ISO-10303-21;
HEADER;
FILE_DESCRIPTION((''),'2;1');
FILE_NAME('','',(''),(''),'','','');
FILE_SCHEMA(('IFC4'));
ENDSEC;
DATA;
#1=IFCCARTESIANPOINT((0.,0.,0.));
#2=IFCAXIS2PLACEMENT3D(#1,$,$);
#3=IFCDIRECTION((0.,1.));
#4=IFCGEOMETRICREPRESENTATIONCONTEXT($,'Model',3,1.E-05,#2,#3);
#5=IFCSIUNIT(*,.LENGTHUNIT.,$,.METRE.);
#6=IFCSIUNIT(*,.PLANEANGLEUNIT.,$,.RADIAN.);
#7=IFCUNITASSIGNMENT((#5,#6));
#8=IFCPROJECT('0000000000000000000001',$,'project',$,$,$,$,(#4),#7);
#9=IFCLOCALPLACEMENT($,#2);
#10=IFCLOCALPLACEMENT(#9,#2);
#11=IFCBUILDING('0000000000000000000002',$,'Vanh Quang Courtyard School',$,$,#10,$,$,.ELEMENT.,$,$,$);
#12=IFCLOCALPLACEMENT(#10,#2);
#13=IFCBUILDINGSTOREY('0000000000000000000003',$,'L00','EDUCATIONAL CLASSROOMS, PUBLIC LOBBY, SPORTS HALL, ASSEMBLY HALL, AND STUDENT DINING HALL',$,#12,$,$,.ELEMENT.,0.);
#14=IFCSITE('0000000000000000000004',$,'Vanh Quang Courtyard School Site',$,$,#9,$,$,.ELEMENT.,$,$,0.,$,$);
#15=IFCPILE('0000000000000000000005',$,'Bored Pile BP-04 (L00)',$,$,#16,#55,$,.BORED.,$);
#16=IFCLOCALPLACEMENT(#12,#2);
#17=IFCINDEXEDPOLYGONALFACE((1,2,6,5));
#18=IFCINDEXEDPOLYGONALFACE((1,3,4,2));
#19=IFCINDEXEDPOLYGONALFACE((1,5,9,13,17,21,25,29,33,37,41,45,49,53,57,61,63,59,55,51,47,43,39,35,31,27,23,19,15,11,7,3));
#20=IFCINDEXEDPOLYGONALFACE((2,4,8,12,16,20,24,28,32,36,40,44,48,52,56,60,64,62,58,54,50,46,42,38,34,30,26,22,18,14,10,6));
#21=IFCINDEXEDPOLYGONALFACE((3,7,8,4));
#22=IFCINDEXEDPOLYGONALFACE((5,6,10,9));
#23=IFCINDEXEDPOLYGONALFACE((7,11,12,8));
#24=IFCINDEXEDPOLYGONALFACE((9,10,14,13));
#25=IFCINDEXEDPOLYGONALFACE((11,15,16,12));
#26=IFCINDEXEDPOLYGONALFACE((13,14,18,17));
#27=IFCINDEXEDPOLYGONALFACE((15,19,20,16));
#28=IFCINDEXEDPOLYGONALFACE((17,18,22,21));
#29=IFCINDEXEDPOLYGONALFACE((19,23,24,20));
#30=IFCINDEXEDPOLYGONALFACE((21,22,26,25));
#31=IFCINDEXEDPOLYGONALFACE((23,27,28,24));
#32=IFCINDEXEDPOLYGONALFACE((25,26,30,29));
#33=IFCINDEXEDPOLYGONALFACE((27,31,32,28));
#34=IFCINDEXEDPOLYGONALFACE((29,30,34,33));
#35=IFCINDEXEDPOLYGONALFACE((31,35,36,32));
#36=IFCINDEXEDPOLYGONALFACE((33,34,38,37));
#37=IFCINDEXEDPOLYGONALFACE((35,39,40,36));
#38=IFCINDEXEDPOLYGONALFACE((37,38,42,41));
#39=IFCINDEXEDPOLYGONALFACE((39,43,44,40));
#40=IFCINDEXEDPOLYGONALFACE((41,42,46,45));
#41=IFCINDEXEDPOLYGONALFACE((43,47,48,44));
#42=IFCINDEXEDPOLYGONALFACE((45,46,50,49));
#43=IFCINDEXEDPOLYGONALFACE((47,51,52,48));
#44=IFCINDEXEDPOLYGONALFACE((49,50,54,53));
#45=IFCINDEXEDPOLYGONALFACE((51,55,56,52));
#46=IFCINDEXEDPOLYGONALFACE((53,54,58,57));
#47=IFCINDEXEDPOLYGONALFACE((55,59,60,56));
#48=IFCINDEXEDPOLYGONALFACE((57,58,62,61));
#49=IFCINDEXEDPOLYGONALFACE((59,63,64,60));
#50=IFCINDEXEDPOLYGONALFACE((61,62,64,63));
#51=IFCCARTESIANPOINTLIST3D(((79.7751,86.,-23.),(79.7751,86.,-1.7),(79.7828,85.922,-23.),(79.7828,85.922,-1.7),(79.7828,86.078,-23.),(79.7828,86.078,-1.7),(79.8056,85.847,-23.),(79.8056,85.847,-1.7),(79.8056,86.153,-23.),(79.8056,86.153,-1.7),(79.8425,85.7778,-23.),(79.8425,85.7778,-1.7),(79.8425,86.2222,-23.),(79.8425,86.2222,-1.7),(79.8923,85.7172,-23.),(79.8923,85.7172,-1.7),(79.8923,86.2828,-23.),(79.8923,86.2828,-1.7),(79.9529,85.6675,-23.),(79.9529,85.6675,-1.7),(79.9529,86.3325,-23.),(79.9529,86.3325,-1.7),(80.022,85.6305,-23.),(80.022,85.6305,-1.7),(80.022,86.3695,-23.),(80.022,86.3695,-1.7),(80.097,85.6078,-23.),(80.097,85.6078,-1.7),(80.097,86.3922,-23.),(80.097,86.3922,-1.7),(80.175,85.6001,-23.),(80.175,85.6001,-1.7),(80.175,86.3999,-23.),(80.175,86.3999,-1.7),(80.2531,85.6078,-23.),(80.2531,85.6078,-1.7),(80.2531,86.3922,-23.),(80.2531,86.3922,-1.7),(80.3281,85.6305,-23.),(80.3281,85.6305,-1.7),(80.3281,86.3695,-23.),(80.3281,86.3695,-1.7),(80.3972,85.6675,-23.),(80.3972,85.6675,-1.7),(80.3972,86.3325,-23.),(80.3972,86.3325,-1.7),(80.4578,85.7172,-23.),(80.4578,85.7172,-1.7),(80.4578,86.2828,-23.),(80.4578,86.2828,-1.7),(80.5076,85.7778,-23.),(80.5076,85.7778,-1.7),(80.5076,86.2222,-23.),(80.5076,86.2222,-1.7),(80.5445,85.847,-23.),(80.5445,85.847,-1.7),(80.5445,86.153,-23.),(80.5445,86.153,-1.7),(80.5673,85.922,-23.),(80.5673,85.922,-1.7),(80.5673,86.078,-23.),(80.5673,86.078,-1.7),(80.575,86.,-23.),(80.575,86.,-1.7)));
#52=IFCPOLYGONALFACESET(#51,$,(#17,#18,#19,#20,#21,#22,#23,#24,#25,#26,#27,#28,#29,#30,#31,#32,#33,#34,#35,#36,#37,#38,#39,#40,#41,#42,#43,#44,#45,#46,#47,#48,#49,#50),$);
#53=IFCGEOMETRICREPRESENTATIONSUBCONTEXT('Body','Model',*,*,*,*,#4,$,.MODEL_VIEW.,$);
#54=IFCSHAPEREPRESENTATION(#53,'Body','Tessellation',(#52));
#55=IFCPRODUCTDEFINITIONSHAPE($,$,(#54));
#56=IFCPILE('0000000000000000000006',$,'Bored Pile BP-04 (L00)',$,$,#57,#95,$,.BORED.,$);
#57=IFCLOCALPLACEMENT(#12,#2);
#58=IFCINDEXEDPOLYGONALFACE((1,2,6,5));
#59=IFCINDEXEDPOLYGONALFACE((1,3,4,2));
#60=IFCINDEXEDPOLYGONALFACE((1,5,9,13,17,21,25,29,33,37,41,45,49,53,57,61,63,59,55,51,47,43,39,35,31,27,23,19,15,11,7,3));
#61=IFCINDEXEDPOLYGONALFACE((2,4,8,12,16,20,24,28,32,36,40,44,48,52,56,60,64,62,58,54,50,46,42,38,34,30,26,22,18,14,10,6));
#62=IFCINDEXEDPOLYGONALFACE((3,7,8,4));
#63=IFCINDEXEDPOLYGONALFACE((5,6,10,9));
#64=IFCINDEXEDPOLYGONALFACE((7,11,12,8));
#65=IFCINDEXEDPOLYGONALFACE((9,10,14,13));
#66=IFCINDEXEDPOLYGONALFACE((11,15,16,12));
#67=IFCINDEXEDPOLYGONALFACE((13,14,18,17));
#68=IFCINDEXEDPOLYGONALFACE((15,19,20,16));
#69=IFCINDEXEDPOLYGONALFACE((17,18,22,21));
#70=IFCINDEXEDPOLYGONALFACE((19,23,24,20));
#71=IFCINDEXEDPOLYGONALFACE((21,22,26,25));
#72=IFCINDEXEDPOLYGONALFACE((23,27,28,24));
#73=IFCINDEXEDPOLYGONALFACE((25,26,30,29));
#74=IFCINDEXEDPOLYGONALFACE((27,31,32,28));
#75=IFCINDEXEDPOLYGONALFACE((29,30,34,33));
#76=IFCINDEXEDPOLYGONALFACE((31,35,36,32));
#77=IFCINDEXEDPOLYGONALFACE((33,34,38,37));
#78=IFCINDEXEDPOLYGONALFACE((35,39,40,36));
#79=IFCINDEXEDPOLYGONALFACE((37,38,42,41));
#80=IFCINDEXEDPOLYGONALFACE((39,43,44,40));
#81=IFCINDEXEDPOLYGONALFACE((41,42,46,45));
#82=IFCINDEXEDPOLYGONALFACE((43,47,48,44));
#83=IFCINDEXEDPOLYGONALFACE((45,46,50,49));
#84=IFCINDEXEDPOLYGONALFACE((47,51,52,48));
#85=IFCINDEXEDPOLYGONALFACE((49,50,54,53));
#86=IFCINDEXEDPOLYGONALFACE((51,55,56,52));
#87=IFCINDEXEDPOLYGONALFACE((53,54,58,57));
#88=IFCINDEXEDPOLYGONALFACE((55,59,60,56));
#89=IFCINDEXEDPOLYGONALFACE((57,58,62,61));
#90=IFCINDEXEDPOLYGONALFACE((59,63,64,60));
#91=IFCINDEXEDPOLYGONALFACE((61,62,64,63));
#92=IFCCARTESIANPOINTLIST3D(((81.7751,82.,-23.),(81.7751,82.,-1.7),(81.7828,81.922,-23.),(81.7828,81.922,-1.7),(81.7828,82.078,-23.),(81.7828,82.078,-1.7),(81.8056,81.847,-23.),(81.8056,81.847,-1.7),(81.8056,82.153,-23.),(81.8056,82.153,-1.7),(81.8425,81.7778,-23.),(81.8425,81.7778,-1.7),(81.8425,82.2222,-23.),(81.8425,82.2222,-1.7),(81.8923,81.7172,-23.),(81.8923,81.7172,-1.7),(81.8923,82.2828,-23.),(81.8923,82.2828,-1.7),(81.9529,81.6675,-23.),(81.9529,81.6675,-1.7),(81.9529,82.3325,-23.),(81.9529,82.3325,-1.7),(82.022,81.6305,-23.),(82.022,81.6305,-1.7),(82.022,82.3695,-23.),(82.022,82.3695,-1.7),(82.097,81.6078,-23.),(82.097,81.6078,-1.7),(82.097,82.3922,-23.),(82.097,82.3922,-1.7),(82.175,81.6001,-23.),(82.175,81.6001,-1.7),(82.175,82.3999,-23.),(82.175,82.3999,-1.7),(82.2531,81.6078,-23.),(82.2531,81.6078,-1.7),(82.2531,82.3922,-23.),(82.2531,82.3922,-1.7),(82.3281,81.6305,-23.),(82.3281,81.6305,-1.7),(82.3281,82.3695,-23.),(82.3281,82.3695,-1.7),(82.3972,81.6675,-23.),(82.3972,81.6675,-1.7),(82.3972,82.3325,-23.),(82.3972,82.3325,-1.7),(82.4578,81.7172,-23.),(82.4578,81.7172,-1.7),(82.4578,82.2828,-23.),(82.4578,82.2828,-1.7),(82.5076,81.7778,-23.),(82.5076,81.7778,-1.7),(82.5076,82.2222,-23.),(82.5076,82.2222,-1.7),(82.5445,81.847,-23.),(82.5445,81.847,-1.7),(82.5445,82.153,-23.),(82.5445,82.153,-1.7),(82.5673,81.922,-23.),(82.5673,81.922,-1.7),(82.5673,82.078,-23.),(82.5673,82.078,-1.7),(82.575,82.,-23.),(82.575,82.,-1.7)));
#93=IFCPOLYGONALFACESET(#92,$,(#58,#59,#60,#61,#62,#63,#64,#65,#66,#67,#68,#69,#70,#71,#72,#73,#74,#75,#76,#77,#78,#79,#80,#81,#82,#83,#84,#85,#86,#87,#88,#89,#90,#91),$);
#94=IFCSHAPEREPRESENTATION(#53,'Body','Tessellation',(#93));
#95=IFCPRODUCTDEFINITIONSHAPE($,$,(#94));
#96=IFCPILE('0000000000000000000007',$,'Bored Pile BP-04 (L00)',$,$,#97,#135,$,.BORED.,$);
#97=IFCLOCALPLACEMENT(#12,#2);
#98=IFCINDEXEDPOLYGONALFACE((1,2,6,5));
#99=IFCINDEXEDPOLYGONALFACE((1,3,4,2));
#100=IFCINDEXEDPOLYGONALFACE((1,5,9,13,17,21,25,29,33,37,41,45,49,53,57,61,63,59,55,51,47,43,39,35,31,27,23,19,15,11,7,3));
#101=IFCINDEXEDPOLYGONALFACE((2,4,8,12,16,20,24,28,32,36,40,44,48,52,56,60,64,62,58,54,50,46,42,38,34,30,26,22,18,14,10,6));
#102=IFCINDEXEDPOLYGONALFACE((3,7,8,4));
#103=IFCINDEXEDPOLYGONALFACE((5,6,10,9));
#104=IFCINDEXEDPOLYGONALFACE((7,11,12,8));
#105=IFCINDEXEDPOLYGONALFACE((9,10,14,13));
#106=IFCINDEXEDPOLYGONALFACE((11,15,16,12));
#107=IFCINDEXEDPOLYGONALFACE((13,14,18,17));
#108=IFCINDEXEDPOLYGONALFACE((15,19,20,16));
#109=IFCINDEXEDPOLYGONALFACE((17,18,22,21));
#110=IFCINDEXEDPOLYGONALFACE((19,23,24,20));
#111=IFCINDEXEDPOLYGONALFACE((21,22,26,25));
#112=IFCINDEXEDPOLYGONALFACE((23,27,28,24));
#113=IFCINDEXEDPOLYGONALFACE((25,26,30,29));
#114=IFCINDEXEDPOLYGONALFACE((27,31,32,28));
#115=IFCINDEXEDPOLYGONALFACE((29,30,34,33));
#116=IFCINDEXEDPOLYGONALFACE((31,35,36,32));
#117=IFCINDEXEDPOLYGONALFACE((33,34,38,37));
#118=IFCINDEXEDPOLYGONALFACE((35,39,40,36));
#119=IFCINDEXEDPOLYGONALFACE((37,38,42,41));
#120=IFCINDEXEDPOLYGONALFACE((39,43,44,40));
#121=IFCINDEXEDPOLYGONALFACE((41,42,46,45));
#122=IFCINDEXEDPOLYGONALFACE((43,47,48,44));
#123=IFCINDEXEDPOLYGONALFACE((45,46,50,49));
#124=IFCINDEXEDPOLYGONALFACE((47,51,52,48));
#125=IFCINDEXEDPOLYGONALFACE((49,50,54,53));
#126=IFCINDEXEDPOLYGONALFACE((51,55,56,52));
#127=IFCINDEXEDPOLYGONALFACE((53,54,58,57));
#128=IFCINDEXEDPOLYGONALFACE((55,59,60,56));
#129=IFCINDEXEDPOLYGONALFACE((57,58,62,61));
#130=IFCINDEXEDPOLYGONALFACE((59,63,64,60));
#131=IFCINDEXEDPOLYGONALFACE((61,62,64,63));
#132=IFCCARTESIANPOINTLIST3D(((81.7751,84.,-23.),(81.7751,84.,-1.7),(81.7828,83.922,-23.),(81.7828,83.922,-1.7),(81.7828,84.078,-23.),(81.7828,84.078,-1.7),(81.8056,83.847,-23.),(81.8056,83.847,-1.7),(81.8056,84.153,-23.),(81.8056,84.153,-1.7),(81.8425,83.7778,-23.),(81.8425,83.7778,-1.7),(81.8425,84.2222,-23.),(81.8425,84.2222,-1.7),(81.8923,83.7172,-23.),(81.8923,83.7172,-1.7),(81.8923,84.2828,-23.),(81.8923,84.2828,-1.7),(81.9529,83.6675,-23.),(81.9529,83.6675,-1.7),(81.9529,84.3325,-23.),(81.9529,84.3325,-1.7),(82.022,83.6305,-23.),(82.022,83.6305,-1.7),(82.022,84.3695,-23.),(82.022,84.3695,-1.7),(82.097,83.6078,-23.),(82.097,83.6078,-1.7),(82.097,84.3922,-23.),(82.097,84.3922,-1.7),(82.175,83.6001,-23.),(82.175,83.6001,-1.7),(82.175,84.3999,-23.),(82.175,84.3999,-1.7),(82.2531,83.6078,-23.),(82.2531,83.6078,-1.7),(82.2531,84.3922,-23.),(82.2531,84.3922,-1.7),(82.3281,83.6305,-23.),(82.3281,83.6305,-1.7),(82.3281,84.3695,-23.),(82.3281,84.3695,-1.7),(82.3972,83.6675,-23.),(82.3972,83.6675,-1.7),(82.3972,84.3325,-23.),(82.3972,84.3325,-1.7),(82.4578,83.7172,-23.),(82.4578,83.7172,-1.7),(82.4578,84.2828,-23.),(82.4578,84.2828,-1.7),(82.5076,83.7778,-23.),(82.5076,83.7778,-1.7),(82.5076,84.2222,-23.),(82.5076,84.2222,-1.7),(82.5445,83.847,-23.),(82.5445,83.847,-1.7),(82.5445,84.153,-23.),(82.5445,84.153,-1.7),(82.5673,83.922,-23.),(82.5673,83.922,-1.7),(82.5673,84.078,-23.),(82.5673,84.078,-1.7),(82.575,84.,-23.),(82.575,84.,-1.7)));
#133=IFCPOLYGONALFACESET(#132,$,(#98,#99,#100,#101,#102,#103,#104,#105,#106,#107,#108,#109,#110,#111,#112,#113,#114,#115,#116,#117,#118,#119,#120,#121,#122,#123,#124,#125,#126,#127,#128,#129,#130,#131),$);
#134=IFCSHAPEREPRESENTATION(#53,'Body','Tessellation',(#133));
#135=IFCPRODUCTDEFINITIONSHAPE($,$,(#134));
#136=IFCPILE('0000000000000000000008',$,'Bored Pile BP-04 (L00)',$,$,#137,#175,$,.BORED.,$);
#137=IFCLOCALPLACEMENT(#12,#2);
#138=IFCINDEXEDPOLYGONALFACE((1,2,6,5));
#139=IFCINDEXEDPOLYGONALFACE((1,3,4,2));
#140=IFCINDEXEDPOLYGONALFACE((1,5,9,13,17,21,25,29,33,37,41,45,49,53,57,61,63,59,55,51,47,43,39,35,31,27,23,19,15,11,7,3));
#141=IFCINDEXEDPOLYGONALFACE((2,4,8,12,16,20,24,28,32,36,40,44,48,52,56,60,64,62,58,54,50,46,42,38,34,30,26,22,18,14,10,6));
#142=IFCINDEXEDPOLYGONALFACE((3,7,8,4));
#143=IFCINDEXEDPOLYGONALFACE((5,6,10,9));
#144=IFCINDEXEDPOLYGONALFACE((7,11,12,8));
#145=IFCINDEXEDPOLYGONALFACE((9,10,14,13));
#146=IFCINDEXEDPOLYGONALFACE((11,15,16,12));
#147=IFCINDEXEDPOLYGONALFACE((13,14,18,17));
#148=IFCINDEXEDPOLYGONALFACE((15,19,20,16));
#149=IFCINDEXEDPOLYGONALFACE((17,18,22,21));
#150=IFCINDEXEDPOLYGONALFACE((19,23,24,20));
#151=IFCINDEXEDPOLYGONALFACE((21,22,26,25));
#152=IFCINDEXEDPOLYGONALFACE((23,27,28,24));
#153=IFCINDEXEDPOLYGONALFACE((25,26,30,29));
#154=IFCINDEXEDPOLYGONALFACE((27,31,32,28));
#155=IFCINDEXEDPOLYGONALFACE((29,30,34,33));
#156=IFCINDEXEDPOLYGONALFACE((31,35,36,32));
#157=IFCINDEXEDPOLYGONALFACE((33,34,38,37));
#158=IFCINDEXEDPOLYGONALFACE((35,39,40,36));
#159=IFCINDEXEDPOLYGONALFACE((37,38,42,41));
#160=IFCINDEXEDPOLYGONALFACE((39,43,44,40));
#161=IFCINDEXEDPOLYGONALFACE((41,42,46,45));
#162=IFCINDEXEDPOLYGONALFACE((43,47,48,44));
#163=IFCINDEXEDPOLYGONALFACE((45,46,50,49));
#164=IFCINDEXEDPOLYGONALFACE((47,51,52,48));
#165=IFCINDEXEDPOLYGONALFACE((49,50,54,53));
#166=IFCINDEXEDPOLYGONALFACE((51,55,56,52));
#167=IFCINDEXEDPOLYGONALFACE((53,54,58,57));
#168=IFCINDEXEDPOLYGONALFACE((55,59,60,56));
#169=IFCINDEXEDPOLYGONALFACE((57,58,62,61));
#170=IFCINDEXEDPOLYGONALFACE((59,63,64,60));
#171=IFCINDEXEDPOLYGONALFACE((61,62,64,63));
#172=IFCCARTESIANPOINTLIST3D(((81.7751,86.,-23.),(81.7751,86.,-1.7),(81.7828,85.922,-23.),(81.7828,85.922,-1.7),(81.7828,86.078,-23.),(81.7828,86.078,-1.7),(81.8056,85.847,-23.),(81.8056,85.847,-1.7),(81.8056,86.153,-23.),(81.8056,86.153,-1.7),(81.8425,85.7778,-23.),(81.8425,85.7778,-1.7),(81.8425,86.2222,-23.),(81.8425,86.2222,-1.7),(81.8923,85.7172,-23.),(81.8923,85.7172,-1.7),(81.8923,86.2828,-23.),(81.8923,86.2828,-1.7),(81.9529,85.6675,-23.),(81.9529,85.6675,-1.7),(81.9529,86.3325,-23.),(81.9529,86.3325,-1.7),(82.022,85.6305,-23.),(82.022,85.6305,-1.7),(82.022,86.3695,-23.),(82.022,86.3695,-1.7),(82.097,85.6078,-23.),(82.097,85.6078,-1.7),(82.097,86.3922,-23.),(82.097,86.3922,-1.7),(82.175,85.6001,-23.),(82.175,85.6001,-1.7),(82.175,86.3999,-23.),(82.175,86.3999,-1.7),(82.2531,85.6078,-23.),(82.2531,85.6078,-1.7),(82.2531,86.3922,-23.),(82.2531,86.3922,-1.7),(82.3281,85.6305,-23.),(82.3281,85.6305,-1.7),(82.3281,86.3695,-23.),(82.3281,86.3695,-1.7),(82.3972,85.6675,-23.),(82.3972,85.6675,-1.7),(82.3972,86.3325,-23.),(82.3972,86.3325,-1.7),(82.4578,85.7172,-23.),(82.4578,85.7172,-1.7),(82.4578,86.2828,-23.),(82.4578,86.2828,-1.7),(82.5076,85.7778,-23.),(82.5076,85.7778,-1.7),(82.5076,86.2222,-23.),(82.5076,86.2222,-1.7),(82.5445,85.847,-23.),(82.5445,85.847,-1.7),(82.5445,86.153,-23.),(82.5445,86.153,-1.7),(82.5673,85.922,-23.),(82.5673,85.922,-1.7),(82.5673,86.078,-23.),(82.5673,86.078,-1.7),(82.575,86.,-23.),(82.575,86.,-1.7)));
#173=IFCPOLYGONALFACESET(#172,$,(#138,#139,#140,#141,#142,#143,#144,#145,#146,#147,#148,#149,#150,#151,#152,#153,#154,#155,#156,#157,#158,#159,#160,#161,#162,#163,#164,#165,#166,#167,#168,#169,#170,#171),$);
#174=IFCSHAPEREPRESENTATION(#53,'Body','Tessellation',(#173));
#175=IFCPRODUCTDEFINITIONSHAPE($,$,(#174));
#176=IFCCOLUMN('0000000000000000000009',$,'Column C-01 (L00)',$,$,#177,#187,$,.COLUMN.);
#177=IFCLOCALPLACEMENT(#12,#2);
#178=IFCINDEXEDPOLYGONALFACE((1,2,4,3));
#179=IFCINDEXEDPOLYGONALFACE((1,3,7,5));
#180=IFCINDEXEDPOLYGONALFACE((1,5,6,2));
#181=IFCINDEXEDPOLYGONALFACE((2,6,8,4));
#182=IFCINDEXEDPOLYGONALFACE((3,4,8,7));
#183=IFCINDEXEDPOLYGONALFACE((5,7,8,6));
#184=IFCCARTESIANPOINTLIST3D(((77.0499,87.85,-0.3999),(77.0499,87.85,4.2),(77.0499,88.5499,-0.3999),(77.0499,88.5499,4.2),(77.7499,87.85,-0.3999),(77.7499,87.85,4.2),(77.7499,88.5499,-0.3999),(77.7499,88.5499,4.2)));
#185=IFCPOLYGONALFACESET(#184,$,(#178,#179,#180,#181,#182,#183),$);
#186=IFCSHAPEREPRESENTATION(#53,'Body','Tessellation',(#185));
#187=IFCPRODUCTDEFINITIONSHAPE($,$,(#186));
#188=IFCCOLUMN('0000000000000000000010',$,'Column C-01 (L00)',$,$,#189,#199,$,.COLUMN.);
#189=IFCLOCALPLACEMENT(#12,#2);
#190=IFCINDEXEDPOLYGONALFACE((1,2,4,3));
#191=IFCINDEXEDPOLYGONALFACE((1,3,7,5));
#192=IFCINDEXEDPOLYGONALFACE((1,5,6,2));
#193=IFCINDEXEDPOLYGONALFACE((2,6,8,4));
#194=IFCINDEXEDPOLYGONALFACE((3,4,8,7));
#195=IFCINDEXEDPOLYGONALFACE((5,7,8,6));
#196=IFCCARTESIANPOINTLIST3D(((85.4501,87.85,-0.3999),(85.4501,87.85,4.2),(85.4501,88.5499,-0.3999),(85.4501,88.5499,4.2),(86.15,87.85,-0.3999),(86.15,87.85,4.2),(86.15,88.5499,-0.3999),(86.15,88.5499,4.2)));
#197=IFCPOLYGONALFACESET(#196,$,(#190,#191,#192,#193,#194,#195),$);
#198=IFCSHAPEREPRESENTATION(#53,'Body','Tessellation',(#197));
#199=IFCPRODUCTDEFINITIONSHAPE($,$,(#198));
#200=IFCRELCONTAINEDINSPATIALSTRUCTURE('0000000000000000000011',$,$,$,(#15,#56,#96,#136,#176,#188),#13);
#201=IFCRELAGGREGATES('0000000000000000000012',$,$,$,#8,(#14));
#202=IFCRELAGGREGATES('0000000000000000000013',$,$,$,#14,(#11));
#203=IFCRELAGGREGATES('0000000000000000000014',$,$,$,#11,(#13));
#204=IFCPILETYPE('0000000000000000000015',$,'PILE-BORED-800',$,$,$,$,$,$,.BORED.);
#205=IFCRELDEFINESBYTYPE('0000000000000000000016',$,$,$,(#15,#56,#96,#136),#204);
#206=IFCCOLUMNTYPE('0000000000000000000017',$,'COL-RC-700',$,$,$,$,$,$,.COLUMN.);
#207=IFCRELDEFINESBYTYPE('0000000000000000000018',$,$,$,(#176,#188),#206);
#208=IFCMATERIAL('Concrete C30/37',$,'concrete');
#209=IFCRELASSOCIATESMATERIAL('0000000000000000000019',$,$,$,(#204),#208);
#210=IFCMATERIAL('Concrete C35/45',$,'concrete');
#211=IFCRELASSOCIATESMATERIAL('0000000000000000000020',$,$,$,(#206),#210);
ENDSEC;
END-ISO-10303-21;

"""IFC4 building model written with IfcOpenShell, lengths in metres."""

from ifc_helpers import new_model, si_unit, direction, frame, origin, origin_2d, place, context, subcontext, project, spatial, rectangle, circle, extrude, material, material_profile, profile_set, type_object, element, save


model = new_model("IFC4")

# Units and contexts
model_context = context("Model", 3, precision=1e-05, world=origin(), true_north=direction((0.0, 1.0)))
body_context = subcontext(model_context, "Body", "Model", "MODEL_VIEW")
ifc_project = project(units=[si_unit("LENGTHUNIT", "METRE"), si_unit("PLANEANGLEUNIT", "RADIAN")], contexts=[model_context])

# Site, building, storey
site_placement = place(None, origin())
site = spatial("IfcSite", under=ifc_project, at=site_placement, Name="Vanh Quang Courtyard School Site", CompositionType="ELEMENT", RefElevation=0.0)
building_placement = place(site_placement, origin())
building = spatial("IfcBuilding", under=site, at=building_placement, Name="Vanh Quang Courtyard School", CompositionType="ELEMENT")
storey_placement = place(building_placement, origin())
storey = spatial("IfcBuildingStorey", under=building, at=storey_placement, Name="L00", Description="EDUCATIONAL CLASSROOMS, PUBLIC LOBBY, SPORTS HALL, ASSEMBLY HALL, AND STUDENT DINING HALL", CompositionType="ELEMENT", Elevation=0.0)

# Shared definitions
ifc_material_1 = material(Name="Concrete C35/45", Category="concrete")

# Piles
ifc_material_2 = material(Name="Concrete C30/37", Category="concrete")
ifc_material_profile_1 = material_profile(ifc_material_2, circle(Radius=0.3999, at=origin_2d()), Name="PILE D800")
ifc_profile_set_1 = profile_set([ifc_material_profile_1], Name="Concrete C30/37")
pile_type = type_object("IfcPileType", Name="PILE-BORED-800", PredefinedType="BORED", material=ifc_profile_set_1)
for number, where, z_axis, x_axis, name in (
    (1, (80.175, 86.0, -1.7), (0.0, 0.0, -1.0), (1.0, 0.0, 0.0), "Bored Pile BP-04 (L00)"),
    (2, (82.175, 82.0, -1.7), (0.0, 0.0, -1.0), (1.0, 0.0, 0.0), "Bored Pile BP-04 (L00)"),
    (3, (82.175, 84.0, -1.7), (0.0, 0.0, -1.0), (1.0, 0.0, 0.0), "Bored Pile BP-04 (L00)"),
    (4, (82.175, 86.0, -1.7), (0.0, 0.0, -1.0), (1.0, 0.0, 0.0), "Bored Pile BP-04 (L00)"),
):
    element("IfcPile", number, at=place(storey_placement, frame(where, z_axis=z_axis, x_axis=x_axis)), inside=storey, type_object=pile_type, Name=name, PredefinedType="BORED", context=body_context, shape_type="SweptSolid", body=[
        extrude(circle(Radius=0.3999, at=origin_2d()), origin(), (0.0, 0.0, 1.0), 21.3),
    ])

# Columns
ifc_material_profile_2 = material_profile(ifc_material_1, rectangle(XDim=0.7, YDim=0.7, at=origin_2d()), Name="RC-COL 700x700")
ifc_profile_set_2 = profile_set([ifc_material_profile_2], Name="Concrete C35/45")
column_type = type_object("IfcColumnType", Name="COL-RC-700", PredefinedType="COLUMN", material=ifc_profile_set_2)
for number, where, z_axis, x_axis, name in (
    (5, (77.3999, 88.2, -0.3999), (0.0, 0.0, 1.0), (1.0, 0.0, 0.0), "Column C-01 (L00)"),
    (6, (85.8, 88.2, -0.3999), (0.0, 0.0, 1.0), (1.0, 0.0, 0.0), "Column C-01 (L00)"),
):
    element("IfcColumn", number, at=place(storey_placement, frame(where, z_axis=z_axis, x_axis=x_axis)), inside=storey, type_object=column_type, Name=name, PredefinedType="COLUMN", context=body_context, shape_type="SweptSolid", body=[
        extrude(rectangle(XDim=0.7, YDim=0.7, at=origin_2d()), origin(), (0.0, 0.0, 1.0), 4.5999),
    ])

save(model, "model.ifc")
